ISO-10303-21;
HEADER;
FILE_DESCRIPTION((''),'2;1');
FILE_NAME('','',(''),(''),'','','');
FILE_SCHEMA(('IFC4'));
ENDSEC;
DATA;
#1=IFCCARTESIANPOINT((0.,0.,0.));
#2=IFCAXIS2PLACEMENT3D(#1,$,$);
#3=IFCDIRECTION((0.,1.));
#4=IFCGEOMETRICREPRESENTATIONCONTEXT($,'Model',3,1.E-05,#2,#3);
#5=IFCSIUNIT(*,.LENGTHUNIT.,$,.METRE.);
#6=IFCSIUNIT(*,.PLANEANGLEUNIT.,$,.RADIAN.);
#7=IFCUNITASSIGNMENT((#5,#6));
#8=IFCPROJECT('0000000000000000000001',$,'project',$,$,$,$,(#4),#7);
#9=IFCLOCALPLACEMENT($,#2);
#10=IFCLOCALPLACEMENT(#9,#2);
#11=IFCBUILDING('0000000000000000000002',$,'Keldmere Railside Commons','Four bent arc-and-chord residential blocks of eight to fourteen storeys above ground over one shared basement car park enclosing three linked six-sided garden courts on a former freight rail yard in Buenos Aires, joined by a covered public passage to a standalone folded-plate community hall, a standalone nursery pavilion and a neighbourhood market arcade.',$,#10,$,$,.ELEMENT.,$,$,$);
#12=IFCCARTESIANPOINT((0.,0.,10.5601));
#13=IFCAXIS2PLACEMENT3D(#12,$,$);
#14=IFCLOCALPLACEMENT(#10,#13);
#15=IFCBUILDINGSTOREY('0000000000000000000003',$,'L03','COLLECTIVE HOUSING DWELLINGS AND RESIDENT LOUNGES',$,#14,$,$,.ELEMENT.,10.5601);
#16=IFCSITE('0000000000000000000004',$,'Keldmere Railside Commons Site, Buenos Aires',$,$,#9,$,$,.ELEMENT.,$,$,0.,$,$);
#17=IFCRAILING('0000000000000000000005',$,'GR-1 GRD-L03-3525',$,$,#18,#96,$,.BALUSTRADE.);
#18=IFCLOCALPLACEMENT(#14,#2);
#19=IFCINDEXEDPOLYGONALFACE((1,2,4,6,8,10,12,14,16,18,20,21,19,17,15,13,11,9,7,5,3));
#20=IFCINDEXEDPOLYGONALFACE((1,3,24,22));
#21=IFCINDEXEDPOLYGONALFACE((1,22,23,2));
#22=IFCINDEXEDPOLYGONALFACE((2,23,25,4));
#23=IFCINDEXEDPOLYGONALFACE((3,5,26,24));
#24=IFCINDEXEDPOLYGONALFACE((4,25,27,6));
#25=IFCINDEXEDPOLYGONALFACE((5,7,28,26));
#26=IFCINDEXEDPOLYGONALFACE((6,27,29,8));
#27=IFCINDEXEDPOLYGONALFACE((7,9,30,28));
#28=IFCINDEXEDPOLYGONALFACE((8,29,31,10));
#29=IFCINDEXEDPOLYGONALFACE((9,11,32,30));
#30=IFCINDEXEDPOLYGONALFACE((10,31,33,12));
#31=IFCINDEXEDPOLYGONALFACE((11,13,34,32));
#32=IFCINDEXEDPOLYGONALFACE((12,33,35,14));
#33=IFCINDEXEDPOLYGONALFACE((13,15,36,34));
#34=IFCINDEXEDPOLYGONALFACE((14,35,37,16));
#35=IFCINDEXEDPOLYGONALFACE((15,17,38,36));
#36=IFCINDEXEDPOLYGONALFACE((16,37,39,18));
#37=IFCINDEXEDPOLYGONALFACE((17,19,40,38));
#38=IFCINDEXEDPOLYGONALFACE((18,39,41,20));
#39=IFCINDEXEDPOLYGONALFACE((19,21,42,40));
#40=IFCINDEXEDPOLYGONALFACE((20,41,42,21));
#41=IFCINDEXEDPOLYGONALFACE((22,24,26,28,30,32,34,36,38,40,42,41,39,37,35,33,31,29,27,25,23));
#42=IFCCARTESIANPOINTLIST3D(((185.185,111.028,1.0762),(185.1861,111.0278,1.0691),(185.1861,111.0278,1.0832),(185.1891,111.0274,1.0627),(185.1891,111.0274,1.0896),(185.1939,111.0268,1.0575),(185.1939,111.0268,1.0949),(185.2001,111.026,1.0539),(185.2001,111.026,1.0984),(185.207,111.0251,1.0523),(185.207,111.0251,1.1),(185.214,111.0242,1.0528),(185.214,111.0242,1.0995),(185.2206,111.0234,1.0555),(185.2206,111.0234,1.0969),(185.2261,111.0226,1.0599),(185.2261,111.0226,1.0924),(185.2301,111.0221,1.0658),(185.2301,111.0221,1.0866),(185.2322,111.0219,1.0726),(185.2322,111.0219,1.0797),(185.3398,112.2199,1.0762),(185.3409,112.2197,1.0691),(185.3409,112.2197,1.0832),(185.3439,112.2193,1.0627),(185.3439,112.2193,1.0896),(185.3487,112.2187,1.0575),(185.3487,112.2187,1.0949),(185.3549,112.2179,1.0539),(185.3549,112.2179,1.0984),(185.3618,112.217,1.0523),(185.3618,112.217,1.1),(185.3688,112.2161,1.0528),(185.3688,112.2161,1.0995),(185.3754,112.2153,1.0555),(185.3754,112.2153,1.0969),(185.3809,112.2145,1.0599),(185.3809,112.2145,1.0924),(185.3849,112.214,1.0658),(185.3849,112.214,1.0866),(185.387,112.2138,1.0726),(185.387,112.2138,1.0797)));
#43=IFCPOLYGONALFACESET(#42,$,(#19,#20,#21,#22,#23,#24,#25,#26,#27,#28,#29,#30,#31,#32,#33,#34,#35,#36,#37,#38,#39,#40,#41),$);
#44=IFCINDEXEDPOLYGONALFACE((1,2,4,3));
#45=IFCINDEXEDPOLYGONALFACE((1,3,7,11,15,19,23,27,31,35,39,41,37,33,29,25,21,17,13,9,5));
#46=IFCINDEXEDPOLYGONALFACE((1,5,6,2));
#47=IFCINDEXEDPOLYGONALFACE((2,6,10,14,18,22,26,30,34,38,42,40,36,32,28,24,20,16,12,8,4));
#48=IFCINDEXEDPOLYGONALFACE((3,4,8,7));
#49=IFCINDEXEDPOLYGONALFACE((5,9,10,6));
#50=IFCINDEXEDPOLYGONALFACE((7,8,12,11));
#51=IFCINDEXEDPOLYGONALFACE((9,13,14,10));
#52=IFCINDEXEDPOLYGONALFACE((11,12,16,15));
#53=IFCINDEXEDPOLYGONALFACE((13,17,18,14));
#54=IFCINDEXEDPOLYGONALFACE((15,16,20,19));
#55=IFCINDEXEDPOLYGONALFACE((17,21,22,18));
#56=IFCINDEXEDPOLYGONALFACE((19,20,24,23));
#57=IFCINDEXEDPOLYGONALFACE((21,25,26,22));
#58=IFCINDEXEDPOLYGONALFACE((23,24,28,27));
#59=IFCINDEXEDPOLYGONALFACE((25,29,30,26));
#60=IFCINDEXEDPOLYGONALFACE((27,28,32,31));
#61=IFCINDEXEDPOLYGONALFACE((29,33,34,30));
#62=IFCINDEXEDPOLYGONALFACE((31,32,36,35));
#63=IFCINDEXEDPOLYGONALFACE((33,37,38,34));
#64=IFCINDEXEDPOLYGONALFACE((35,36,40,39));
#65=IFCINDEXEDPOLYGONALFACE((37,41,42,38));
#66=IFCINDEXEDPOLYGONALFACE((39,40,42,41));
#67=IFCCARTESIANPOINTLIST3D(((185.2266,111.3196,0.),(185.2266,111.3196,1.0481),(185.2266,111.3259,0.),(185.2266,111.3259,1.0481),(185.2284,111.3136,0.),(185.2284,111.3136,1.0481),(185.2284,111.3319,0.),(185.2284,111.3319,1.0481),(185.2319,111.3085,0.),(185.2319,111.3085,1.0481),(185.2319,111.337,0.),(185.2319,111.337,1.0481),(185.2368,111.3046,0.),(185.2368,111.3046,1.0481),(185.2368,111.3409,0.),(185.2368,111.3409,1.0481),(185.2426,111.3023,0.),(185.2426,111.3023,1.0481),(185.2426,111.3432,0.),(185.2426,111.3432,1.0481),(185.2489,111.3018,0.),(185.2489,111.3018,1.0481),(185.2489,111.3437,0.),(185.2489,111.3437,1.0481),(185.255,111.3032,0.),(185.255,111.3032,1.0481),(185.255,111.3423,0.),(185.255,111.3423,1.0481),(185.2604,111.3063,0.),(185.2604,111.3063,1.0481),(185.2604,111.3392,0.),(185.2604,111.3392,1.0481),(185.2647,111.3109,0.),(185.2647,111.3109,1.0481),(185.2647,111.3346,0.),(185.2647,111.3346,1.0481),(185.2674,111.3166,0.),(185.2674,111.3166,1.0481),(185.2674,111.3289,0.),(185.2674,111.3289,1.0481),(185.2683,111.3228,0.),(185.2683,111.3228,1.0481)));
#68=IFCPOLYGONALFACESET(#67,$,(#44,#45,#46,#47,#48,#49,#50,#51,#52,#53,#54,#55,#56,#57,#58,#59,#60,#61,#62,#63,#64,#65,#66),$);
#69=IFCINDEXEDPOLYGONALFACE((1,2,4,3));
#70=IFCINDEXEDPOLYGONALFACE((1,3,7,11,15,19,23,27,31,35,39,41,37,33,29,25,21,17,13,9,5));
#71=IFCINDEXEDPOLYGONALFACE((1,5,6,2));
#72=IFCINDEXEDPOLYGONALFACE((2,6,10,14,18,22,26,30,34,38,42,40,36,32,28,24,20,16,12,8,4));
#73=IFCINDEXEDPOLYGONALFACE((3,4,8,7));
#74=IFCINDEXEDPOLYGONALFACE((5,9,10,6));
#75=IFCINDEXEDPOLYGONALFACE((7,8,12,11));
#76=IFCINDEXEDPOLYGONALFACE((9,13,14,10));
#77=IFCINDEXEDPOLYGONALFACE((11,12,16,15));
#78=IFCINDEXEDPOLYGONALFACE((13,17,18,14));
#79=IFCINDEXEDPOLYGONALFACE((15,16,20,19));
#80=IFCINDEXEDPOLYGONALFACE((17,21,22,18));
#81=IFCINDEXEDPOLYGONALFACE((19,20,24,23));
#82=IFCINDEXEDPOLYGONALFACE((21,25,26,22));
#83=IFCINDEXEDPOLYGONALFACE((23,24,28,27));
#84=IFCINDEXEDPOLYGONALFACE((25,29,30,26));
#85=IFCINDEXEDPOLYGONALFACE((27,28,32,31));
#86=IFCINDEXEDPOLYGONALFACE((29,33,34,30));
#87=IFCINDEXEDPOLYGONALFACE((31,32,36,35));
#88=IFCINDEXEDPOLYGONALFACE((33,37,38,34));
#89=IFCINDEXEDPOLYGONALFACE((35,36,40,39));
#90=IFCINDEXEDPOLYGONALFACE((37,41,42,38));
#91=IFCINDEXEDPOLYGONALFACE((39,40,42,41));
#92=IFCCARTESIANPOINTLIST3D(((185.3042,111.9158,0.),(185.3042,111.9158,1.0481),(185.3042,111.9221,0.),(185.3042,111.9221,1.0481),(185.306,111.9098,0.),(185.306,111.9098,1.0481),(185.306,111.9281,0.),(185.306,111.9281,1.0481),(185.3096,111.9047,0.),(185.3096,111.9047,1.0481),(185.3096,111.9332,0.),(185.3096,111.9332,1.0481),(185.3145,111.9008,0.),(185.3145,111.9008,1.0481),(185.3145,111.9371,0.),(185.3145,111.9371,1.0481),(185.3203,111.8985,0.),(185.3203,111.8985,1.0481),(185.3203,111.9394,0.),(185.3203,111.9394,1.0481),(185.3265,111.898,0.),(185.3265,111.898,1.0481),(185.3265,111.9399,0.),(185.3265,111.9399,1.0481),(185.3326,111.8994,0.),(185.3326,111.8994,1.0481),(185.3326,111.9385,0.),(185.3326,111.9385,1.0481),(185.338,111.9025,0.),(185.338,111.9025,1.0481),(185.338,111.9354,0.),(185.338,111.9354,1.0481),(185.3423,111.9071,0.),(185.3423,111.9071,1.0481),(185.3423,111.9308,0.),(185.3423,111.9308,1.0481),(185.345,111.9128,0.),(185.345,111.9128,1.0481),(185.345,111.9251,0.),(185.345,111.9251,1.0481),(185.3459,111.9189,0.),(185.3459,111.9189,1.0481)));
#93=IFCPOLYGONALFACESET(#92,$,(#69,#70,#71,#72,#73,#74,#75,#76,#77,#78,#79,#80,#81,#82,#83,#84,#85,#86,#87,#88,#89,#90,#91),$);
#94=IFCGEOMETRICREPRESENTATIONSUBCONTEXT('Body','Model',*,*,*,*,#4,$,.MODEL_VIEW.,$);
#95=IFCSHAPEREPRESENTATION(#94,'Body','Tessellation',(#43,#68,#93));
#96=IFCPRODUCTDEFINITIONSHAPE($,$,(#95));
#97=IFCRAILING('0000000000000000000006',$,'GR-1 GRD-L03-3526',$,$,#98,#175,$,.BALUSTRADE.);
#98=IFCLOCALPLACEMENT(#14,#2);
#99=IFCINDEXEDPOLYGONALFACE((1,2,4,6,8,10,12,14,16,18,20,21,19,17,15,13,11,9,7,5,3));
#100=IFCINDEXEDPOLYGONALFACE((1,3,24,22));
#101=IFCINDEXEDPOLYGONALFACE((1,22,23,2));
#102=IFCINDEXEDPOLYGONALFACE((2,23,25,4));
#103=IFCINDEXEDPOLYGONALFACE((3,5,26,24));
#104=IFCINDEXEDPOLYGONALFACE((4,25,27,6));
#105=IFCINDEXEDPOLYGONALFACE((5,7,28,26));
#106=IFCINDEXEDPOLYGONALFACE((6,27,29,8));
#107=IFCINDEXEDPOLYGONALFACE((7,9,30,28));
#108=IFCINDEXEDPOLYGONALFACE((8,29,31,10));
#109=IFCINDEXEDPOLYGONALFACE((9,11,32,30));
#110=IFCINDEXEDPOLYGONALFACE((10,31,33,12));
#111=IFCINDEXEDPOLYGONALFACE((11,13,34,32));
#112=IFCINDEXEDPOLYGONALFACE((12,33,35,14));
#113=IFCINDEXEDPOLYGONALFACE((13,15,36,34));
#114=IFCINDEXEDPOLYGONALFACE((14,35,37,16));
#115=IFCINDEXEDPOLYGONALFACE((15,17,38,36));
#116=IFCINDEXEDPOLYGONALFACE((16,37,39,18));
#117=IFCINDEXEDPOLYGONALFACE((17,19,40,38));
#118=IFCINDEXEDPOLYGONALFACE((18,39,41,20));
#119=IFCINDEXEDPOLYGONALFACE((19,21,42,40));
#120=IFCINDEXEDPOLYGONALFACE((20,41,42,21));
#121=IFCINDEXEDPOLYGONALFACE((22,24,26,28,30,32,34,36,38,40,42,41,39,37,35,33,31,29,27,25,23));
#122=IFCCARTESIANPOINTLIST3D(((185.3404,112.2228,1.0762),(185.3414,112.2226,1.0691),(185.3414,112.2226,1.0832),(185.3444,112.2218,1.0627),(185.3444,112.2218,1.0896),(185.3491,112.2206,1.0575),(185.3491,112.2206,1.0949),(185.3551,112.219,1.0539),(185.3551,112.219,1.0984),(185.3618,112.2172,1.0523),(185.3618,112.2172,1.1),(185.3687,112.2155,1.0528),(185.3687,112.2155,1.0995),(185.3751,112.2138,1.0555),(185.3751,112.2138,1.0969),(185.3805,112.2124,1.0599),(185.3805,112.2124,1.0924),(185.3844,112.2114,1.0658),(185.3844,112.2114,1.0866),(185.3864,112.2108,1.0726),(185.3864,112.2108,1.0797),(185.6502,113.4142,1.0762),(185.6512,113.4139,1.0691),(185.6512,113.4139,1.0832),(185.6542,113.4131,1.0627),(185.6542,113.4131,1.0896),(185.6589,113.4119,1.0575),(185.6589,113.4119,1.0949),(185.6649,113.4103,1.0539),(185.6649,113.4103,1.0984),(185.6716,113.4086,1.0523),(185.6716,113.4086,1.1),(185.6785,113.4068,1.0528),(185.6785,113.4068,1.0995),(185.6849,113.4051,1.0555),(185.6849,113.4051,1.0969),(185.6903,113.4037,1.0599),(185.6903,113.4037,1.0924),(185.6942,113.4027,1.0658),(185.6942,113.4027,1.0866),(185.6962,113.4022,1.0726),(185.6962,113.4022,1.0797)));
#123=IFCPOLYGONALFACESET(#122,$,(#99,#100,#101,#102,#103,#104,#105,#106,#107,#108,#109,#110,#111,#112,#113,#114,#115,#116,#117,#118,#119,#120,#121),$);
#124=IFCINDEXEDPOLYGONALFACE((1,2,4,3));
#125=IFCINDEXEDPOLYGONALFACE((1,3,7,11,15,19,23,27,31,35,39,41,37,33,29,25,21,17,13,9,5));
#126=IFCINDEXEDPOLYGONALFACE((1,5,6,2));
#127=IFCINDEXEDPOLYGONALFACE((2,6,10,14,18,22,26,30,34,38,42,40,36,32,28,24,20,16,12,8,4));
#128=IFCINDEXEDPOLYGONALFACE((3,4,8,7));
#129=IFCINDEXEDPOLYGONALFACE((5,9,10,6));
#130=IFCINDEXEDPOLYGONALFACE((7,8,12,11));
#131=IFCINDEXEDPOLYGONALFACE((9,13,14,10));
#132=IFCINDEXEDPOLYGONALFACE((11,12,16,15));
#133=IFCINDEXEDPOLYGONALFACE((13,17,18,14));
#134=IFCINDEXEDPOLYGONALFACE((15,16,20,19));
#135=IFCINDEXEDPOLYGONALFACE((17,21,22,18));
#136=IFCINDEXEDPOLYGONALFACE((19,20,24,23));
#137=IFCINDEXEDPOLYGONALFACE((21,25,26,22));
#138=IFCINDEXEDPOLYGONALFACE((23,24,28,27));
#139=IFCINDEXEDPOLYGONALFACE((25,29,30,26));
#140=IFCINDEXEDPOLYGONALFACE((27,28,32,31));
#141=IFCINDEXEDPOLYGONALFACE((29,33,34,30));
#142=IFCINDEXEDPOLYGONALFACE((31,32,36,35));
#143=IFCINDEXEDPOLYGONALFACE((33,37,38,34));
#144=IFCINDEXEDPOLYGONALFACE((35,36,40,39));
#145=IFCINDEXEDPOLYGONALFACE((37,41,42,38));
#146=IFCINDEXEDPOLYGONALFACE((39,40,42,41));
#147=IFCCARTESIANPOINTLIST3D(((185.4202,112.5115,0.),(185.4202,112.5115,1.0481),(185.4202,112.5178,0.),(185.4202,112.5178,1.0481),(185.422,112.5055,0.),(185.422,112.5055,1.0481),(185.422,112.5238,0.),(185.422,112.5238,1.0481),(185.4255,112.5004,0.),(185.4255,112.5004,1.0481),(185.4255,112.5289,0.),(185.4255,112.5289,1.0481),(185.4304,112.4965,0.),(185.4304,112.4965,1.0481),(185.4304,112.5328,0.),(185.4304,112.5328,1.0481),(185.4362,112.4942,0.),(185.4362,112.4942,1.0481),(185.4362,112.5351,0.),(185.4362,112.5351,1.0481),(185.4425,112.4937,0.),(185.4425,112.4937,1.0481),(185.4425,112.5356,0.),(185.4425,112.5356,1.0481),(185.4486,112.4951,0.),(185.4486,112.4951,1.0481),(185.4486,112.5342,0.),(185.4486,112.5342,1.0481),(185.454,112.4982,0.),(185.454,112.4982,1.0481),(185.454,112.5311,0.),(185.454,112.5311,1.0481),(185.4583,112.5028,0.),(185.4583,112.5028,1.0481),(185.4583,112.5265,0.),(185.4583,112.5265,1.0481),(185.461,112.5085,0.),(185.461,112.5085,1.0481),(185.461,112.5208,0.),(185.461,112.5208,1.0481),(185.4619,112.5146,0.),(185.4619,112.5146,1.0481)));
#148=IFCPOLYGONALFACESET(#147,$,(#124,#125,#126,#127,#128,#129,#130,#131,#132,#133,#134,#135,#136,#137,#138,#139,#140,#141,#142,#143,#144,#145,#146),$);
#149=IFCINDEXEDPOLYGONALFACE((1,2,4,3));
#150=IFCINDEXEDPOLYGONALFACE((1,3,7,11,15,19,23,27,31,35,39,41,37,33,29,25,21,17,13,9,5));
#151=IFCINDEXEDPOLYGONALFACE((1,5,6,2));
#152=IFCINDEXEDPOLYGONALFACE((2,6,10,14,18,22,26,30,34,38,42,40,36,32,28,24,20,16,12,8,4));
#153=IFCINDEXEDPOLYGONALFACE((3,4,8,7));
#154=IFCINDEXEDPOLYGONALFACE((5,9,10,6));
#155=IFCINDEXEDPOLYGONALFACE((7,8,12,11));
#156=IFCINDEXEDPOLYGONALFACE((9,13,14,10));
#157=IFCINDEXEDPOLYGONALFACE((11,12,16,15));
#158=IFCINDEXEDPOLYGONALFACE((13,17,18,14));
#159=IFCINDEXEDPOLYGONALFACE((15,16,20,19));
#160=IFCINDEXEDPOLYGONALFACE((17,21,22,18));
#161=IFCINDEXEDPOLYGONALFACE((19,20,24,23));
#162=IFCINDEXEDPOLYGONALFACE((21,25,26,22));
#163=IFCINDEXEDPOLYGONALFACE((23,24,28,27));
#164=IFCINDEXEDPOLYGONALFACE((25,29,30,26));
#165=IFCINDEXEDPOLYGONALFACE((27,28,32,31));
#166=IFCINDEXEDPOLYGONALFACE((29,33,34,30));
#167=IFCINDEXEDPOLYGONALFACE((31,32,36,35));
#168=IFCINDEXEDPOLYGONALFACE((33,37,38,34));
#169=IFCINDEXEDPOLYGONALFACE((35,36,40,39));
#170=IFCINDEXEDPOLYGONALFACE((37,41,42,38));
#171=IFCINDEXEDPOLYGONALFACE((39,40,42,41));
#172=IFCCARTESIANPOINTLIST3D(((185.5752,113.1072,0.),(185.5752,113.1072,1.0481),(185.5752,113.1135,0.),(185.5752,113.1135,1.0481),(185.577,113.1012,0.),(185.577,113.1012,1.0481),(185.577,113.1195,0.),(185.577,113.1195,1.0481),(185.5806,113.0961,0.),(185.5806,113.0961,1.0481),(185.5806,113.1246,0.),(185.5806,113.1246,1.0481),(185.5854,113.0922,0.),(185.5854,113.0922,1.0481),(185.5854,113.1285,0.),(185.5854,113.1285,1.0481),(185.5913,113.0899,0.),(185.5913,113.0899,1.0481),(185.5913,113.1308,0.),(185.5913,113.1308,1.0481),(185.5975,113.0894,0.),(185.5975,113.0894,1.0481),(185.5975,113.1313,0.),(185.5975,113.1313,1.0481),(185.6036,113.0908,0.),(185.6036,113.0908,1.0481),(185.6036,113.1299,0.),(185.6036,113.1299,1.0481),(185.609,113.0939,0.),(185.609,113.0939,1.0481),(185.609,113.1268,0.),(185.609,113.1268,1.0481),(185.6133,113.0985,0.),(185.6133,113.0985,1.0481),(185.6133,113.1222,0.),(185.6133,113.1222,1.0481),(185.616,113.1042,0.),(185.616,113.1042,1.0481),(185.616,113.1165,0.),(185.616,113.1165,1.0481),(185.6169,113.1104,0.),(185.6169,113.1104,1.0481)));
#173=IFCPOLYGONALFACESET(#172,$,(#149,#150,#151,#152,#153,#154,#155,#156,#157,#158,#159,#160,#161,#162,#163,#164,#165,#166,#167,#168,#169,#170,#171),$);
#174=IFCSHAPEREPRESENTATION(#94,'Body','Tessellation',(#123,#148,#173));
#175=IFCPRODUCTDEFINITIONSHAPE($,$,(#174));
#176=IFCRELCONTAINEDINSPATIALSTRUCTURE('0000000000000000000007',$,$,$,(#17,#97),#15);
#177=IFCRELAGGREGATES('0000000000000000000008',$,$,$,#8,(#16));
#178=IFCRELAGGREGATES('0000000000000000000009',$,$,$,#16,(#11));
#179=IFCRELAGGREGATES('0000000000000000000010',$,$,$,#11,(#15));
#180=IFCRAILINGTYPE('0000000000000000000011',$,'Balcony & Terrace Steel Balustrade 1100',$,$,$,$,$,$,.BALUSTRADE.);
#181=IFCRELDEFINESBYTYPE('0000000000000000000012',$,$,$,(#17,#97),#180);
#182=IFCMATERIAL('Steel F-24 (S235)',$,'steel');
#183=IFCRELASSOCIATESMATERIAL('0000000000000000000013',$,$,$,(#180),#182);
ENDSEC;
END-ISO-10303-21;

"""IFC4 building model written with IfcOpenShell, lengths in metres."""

from ifc_helpers import new_model, si_unit, direction, frame, origin, origin_2d, place, context, subcontext, project, spatial, circle, extrude, material, type_object, element, save


model = new_model("IFC4")

# Units and contexts
model_context = context("Model", 3, precision=1e-05, world=origin(), true_north=direction((0.0, 1.0)))
body_context = subcontext(model_context, "Body", "Model", "MODEL_VIEW")
ifc_project = project(units=[si_unit("LENGTHUNIT", "METRE"), si_unit("PLANEANGLEUNIT", "RADIAN")], contexts=[model_context])

# Site, building, storey
site_placement = place(None, origin())
site = spatial("IfcSite", under=ifc_project, at=site_placement, Name="Keldmere Railside Commons Site, Buenos Aires", CompositionType="ELEMENT", RefElevation=0.0)
building_placement = place(site_placement, origin())
building = spatial("IfcBuilding", under=site, at=building_placement, Name="Keldmere Railside Commons", Description="Four bent arc-and-chord residential blocks of eight to fourteen storeys above ground over one shared basement car park enclosing three linked six-sided garden courts on a former freight rail yard in Buenos Aires, joined by a covered public passage to a standalone folded-plate community hall, a standalone nursery pavilion and a neighbourhood market arcade.", CompositionType="ELEMENT")
storey_placement = place(building_placement, frame((0.0, 0.0, 10.5601)))
storey = spatial("IfcBuildingStorey", under=building, at=storey_placement, Name="L03", Description="COLLECTIVE HOUSING DWELLINGS AND RESIDENT LOUNGES", CompositionType="ELEMENT", Elevation=10.5601)

# Railings
ifc_material_1 = material(Name="Steel F-24 (S235)", Category="steel")
railing_type = type_object("IfcRailingType", Name="Balcony & Terrace Steel Balustrade 1100", PredefinedType="BALUSTRADE", material=ifc_material_1)
railing_1_placement = place(storey_placement, frame((185.2087, 111.0249, 0.0)))
element("IfcRailing", 1, at=railing_1_placement, inside=storey, type_object=railing_type, Name="GR-1 GRD-L03-3525", PredefinedType="BALUSTRADE", context=body_context, shape_type="SweptSolid", body=[
    extrude(circle(Radius=0.0239, at=origin_2d()), frame((0.0, 0.0, 1.0762), z_axis=(0.128783, 0.991673, 0.0), x_axis=(-0.991673, 0.128783, 0.0)), (0.0, 0.0, 1.0), 1.2019),
    extrude(circle(Radius=0.021, at=origin_2d()), frame((0.0386, 0.2979, 0.0)), (0.0, 0.0, 1.0), 1.0481),
    extrude(circle(Radius=0.021, at=origin_2d()), frame((0.1162, 0.894, 0.0)), (0.0, 0.0, 1.0), 1.0481),
])
railing_2_placement = place(storey_placement, frame((185.3635, 112.2168, 0.0)))
element("IfcRailing", 2, at=railing_2_placement, inside=storey, type_object=railing_type, Name="GR-1 GRD-L03-3526", PredefinedType="BALUSTRADE", context=body_context, shape_type="SweptSolid", body=[
    extrude(circle(Radius=0.0239, at=origin_2d()), frame((0.0, 0.0, 1.0762), z_axis=(0.251671, 0.967813, 0.0), x_axis=(-0.967813, 0.251671, 0.0)), (0.0, 0.0, 1.0), 1.231),
    extrude(circle(Radius=0.021, at=origin_2d()), frame((0.0774, 0.2979, 0.0)), (0.0, 0.0, 1.0), 1.0481),
    extrude(circle(Radius=0.021, at=origin_2d()), frame((0.2324, 0.8936, 0.0)), (0.0, 0.0, 1.0), 1.0481),
])

save(model, "model.ifc")
